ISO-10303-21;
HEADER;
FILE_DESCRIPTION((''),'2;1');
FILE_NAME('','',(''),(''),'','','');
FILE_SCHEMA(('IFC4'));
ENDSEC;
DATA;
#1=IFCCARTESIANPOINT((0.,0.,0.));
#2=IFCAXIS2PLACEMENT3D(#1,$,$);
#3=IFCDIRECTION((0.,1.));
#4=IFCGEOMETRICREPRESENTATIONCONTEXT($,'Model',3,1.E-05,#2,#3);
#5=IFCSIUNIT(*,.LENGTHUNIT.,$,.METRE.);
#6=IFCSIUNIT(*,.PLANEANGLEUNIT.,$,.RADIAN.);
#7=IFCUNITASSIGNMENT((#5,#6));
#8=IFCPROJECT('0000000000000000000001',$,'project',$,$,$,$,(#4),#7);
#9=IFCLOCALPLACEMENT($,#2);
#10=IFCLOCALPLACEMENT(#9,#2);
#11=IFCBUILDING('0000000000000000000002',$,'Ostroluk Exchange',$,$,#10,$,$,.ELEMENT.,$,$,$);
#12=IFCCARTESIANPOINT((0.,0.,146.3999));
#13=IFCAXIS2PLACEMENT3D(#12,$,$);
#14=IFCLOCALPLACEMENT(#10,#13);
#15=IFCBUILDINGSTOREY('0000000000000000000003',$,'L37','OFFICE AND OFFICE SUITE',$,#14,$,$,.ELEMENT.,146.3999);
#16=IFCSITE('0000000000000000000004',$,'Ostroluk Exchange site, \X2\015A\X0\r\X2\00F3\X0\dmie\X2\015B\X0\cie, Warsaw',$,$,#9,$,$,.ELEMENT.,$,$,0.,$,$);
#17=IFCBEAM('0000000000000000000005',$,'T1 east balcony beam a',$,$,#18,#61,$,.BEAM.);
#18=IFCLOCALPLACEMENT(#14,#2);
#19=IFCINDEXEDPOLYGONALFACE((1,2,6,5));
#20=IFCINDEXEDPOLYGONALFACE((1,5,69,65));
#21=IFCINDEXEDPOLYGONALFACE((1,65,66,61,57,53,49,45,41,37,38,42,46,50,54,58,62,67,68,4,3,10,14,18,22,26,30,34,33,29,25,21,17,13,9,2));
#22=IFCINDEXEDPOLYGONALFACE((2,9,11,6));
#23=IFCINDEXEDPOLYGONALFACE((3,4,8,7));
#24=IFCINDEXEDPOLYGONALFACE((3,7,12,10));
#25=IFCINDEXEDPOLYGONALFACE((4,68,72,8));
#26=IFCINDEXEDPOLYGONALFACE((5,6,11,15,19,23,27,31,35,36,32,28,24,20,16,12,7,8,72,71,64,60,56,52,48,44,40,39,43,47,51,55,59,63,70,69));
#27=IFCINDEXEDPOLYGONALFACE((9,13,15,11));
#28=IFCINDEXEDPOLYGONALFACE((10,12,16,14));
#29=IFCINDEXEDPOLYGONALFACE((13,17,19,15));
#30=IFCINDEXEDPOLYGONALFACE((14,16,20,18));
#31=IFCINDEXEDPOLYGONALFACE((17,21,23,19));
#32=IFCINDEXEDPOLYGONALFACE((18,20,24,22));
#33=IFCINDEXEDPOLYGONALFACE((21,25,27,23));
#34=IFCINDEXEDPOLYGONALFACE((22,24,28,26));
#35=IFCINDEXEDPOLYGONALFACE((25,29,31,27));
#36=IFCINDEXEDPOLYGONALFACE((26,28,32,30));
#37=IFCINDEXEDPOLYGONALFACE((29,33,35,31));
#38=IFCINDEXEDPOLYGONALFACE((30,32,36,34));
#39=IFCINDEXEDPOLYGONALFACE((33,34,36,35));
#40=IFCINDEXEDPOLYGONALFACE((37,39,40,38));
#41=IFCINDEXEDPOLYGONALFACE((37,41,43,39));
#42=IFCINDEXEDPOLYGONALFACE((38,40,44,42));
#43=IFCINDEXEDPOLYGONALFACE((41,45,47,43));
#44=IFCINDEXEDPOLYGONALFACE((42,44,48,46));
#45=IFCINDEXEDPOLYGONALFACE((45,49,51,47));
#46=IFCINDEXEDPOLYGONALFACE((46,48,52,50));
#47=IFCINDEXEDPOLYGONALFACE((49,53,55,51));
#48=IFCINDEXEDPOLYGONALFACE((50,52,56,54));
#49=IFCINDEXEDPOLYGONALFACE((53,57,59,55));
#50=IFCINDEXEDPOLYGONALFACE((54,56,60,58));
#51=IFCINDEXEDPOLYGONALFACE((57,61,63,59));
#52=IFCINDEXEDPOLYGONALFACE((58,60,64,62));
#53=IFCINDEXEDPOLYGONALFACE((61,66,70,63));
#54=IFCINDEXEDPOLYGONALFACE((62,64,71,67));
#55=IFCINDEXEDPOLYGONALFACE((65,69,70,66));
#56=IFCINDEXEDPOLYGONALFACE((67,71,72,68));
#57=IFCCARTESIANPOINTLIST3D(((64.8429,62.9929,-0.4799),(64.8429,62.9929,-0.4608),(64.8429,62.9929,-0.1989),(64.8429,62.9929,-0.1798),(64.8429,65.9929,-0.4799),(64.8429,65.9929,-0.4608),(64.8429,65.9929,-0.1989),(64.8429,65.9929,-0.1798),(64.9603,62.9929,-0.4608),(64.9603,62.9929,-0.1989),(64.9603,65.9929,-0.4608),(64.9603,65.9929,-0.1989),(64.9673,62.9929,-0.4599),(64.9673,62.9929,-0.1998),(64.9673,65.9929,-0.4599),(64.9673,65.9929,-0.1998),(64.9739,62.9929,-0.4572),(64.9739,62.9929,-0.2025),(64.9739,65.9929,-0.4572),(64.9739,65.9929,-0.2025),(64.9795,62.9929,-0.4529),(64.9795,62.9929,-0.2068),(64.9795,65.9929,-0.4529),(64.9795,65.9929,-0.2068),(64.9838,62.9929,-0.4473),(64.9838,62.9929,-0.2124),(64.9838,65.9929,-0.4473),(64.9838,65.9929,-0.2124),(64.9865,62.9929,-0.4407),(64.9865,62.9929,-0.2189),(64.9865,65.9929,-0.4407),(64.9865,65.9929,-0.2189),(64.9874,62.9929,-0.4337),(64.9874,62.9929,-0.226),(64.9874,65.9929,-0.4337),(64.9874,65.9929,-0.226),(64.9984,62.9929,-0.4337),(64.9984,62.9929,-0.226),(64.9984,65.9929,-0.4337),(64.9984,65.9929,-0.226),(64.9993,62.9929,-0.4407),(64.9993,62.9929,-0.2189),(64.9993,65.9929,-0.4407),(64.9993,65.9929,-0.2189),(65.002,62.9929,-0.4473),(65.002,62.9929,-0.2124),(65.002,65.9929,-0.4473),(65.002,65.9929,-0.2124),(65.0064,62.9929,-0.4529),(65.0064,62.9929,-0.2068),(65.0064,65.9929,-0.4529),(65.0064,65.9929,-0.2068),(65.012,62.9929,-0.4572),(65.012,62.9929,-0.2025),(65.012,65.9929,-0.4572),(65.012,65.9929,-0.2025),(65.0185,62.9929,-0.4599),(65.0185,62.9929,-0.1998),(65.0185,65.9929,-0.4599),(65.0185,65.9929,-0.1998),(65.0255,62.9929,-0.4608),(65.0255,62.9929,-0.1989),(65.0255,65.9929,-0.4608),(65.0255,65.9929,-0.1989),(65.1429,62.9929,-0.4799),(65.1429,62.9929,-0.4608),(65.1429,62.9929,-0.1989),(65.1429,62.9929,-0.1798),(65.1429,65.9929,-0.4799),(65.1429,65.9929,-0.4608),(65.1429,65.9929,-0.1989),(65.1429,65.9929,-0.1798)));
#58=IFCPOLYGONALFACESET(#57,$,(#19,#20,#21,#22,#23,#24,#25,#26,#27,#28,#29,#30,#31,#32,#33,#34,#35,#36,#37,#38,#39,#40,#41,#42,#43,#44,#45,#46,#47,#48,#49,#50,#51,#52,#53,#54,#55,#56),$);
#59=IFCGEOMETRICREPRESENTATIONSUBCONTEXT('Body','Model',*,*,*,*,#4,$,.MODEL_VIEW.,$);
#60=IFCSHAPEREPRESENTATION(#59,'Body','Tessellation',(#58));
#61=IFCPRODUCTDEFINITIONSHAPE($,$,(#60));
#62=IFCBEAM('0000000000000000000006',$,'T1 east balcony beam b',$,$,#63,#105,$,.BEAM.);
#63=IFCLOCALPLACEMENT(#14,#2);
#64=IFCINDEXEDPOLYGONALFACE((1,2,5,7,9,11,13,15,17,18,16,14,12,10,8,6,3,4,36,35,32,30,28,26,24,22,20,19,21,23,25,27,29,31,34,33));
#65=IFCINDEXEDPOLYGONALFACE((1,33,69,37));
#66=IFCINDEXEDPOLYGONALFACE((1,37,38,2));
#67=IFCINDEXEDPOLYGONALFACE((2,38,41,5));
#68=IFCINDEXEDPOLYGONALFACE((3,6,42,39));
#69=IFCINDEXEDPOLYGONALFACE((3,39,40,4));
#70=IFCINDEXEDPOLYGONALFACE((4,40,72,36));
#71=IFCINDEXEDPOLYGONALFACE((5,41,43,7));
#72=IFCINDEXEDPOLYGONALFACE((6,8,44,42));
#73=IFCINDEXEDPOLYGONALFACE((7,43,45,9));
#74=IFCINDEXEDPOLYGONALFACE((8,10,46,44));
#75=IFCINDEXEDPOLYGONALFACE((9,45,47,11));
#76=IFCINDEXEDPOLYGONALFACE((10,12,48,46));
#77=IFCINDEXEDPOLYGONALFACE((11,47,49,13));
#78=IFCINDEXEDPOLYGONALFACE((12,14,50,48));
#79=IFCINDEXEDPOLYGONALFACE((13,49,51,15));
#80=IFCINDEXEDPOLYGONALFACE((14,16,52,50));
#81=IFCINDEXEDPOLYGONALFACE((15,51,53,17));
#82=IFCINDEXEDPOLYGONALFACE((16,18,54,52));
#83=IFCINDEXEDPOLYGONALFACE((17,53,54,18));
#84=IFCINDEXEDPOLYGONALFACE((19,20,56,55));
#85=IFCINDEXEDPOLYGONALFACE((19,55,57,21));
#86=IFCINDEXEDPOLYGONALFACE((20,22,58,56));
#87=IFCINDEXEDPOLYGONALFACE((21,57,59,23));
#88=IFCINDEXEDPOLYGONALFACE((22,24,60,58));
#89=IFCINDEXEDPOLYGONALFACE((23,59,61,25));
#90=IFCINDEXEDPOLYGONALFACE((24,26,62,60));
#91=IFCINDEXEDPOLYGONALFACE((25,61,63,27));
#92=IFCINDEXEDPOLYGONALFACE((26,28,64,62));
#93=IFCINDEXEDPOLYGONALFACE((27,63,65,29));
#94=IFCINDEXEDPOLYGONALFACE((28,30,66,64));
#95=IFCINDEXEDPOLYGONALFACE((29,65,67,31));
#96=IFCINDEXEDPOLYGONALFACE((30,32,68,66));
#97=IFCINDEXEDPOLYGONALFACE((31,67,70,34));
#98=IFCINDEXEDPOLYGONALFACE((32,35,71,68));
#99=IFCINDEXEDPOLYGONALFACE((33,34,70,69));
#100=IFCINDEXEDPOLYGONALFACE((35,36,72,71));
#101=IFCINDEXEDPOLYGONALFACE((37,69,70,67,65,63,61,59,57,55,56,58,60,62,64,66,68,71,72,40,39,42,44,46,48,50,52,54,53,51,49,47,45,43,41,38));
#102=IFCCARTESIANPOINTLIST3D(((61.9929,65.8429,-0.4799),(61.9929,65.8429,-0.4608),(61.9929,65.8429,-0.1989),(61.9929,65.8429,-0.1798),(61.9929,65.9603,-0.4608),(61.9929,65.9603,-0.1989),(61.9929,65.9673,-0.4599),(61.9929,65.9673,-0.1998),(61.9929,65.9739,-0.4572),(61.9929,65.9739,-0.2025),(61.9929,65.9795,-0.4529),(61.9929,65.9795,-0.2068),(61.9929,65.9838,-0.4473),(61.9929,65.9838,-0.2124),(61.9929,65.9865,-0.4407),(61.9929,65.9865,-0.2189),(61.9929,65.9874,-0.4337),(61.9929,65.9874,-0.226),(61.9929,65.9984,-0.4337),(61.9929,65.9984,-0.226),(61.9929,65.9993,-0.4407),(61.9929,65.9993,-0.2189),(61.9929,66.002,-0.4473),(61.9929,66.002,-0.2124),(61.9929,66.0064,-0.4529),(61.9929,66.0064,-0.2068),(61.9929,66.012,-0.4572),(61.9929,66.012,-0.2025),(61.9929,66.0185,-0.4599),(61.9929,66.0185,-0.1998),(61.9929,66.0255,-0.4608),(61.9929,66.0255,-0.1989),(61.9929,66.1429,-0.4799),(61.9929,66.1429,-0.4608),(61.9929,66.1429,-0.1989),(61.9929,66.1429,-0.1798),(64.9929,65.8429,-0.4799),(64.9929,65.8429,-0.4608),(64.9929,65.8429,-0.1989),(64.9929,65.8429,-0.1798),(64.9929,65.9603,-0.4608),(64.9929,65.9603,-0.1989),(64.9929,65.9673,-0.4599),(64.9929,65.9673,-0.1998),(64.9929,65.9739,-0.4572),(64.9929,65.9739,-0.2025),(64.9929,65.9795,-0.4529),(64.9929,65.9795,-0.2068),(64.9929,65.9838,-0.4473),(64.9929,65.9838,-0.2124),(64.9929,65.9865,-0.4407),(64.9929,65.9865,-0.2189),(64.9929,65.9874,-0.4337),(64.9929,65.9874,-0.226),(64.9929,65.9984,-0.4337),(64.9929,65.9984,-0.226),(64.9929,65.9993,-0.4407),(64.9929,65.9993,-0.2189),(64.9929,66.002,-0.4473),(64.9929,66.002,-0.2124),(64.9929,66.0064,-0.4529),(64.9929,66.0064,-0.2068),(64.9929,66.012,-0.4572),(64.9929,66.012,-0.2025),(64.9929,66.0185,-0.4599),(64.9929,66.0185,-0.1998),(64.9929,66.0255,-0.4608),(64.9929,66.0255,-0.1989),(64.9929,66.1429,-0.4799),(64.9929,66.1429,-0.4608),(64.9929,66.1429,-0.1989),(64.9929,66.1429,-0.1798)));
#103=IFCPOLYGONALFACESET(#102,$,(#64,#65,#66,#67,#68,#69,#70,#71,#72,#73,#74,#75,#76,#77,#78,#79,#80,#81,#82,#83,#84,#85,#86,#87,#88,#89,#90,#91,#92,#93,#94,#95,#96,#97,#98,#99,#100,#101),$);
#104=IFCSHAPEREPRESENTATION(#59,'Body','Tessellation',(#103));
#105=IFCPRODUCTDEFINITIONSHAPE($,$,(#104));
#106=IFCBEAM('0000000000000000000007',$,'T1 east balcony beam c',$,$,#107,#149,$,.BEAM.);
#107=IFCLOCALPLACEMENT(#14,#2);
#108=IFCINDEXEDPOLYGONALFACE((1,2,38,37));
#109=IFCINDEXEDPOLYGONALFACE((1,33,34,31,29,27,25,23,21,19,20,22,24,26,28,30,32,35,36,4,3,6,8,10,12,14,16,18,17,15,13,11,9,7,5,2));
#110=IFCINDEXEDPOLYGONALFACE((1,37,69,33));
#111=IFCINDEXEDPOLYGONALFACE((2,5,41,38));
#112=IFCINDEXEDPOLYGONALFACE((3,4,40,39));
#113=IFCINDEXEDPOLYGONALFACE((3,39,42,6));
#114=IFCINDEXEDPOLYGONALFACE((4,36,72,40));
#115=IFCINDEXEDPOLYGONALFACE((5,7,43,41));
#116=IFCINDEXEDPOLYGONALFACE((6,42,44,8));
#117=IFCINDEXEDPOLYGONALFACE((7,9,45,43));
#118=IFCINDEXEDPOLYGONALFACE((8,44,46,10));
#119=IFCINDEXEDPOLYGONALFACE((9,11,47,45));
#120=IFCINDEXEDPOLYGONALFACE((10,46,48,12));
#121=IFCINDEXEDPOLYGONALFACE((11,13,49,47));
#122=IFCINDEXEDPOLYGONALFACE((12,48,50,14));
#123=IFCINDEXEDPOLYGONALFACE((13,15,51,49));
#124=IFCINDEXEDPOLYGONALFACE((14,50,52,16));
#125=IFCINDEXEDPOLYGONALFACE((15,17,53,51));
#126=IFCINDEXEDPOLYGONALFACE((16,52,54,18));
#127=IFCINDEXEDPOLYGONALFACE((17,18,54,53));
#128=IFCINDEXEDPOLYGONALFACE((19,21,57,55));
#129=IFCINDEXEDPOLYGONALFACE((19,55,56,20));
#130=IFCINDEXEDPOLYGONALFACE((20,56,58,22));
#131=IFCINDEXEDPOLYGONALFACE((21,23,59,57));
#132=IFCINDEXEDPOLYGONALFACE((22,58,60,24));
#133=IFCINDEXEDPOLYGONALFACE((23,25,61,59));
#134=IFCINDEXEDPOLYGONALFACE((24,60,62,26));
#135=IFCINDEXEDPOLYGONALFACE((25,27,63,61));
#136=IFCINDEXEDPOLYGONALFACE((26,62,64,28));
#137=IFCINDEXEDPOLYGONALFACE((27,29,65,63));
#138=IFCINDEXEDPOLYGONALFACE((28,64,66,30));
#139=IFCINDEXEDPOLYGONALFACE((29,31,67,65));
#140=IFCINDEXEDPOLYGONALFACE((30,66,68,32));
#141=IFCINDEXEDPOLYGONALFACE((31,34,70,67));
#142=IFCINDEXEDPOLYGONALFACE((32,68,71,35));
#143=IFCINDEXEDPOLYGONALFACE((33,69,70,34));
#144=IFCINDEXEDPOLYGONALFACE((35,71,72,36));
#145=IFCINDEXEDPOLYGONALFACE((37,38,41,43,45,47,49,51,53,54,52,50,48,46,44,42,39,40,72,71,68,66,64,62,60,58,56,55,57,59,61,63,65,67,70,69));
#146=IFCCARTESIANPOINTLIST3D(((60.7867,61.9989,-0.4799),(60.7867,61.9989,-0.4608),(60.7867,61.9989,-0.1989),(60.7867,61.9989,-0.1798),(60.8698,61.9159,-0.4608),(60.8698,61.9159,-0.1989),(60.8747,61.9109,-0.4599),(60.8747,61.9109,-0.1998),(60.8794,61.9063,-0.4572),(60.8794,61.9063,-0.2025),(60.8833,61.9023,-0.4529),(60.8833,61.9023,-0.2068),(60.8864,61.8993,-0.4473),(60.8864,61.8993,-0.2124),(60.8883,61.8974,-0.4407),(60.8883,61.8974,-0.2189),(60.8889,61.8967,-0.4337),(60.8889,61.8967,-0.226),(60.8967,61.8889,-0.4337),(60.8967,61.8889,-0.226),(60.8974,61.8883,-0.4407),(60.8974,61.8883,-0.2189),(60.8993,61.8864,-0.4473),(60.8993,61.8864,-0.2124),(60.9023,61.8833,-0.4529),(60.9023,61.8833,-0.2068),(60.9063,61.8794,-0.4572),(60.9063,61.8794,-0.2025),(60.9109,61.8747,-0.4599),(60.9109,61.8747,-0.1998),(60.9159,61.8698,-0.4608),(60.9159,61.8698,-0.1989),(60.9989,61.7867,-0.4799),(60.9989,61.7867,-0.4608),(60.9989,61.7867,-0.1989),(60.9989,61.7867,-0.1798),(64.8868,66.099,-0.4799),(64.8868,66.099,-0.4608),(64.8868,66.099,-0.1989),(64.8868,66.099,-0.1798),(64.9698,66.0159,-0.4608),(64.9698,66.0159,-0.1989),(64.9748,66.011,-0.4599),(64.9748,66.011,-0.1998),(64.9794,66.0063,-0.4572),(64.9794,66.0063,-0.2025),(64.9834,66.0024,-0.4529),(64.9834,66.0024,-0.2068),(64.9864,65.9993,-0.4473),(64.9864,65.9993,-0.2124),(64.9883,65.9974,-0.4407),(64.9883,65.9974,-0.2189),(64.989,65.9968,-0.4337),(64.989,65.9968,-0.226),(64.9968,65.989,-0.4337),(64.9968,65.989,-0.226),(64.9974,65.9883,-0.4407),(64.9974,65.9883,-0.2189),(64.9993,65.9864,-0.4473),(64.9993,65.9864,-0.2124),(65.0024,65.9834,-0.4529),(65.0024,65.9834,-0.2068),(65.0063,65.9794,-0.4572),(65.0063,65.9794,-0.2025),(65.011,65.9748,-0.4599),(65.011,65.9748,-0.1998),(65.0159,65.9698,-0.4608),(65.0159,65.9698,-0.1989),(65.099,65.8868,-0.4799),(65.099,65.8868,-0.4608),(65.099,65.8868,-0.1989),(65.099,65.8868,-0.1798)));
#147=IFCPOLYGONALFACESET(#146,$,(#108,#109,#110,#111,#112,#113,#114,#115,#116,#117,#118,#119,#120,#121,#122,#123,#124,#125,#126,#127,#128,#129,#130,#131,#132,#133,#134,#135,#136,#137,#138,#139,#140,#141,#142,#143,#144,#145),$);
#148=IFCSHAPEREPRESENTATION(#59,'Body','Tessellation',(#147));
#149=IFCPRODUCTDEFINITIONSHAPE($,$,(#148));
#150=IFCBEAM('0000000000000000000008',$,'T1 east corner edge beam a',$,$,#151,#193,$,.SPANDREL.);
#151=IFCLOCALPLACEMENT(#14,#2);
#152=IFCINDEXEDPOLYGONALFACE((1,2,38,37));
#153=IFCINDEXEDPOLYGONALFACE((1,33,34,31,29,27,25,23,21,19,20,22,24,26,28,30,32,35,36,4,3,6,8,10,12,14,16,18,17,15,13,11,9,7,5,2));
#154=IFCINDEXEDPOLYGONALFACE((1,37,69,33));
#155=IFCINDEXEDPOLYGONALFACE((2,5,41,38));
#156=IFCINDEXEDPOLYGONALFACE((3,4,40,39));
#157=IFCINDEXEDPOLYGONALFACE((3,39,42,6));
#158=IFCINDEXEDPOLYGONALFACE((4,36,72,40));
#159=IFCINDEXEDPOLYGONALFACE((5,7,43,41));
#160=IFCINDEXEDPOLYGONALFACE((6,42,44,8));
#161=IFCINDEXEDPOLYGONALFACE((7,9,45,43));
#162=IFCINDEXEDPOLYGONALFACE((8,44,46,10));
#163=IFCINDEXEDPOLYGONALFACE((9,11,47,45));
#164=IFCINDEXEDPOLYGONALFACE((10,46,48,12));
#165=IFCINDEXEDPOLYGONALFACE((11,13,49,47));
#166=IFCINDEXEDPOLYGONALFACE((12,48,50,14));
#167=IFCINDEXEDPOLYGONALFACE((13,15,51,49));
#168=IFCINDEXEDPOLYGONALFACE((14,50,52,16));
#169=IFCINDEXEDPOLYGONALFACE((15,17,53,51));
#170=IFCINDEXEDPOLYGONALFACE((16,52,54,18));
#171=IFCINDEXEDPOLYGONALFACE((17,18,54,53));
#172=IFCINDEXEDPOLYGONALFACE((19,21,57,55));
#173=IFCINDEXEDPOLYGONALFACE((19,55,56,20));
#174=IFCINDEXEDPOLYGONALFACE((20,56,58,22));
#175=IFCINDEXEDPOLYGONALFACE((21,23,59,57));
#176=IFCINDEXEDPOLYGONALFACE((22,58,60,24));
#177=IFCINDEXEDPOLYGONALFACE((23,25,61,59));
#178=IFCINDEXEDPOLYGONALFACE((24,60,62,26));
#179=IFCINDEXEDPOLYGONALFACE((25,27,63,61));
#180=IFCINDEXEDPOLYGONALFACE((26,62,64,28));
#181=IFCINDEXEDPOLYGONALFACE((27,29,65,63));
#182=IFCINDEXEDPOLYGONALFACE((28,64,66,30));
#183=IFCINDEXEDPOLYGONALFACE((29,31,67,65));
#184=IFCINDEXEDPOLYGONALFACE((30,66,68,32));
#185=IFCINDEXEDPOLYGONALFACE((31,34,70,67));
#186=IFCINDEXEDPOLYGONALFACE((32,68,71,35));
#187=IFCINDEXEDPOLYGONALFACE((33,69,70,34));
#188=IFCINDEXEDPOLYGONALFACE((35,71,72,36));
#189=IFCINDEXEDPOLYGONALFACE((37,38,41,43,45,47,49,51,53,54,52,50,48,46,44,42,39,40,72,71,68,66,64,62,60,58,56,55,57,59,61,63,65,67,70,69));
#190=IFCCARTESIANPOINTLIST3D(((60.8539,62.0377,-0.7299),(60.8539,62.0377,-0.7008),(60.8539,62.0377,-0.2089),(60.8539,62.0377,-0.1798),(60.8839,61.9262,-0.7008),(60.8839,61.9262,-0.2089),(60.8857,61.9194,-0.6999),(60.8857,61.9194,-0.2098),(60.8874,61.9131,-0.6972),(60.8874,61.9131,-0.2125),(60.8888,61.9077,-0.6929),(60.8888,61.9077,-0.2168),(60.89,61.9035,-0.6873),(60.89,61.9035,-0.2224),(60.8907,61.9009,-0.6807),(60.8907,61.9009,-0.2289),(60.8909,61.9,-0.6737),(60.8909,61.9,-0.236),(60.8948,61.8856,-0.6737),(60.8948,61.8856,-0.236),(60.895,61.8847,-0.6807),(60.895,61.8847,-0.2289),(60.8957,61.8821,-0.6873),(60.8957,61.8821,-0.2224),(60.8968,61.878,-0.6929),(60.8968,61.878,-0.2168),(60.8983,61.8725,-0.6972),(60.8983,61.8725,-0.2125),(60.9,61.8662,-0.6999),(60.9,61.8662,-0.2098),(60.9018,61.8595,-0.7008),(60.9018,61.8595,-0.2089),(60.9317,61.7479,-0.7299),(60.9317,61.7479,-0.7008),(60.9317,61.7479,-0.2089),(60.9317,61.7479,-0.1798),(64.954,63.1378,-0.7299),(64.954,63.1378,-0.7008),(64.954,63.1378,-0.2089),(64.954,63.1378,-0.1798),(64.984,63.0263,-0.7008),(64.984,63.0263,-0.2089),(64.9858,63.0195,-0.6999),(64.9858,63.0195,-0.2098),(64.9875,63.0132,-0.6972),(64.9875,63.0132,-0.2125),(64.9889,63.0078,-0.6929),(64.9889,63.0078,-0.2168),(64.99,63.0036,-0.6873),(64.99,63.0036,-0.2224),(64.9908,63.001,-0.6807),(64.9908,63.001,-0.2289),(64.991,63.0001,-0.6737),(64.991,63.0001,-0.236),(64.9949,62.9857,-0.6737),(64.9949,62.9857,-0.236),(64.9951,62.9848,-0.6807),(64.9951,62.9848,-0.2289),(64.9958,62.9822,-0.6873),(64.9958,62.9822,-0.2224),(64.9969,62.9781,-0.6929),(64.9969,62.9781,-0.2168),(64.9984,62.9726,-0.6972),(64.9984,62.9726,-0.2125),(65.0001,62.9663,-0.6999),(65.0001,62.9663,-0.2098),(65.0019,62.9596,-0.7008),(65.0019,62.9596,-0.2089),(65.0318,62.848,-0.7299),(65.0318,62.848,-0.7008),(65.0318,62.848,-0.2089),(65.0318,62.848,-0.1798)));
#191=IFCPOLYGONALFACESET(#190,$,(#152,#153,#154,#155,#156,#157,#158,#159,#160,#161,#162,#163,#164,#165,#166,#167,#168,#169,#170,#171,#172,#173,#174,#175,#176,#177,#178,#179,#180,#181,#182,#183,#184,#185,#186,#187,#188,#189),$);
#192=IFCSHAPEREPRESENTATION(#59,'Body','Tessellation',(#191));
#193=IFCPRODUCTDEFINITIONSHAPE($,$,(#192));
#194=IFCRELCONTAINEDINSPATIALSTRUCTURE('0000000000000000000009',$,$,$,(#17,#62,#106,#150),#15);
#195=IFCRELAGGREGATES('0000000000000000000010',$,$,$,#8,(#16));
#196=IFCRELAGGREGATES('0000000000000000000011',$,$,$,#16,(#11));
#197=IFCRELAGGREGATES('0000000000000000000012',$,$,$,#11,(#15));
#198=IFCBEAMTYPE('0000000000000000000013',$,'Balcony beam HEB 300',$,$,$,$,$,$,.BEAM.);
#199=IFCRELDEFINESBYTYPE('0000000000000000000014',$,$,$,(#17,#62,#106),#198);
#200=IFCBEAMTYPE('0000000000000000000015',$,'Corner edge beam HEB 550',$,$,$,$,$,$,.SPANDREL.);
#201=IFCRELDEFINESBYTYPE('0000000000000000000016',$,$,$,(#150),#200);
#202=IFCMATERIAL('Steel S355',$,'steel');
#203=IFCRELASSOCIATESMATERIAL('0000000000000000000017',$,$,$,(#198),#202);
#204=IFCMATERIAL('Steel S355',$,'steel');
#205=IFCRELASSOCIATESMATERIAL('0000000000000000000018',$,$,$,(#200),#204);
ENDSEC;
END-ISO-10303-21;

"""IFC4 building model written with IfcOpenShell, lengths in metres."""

from ifc_helpers import new_model, si_unit, direction, frame, origin, origin_2d, place, context, subcontext, project, spatial, i_section, extrude, material, material_profile, profile_set, type_object, element, save


model = new_model("IFC4")

# Units and contexts
model_context = context("Model", 3, precision=1e-05, world=origin(), true_north=direction((0.0, 1.0)))
body_context = subcontext(model_context, "Body", "Model", "MODEL_VIEW")
ifc_project = project(units=[si_unit("LENGTHUNIT", "METRE"), si_unit("PLANEANGLEUNIT", "RADIAN")], contexts=[model_context])

# Site, building, storey
site_placement = place(None, origin())
site = spatial("IfcSite", under=ifc_project, at=site_placement, Name="Ostroluk Exchange site, Śródmieście, Warsaw", CompositionType="ELEMENT", RefElevation=0.0)
building_placement = place(site_placement, origin())
building = spatial("IfcBuilding", under=site, at=building_placement, Name="Ostroluk Exchange", CompositionType="ELEMENT")
storey_placement = place(building_placement, frame((0.0, 0.0, 146.3999)))
storey = spatial("IfcBuildingStorey", under=building, at=storey_placement, Name="L37", Description="OFFICE AND OFFICE SUITE", CompositionType="ELEMENT", Elevation=146.3999)

# Beams
ifc_material_1 = material(Name="Steel S355", Category="steel")
ifc_material_profile_1 = material_profile(ifc_material_1, i_section(OverallWidth=0.3, OverallDepth=0.3, WebThickness=0.011, FlangeThickness=0.019, FilletRadius=0.0271, at=origin_2d()), Name="HEB 300")
ifc_profile_set_1 = profile_set([ifc_material_profile_1], Name="Steel S355")
beam_type_1 = type_object("IfcBeamType", Name="Balcony beam HEB 300", PredefinedType="BEAM", material=ifc_profile_set_1)
for number, where, z_axis, x_axis, name in (
    (1, (64.9929, 62.9929, -0.3298), (0.0, 1.0, 0.0), (-1.0, 0.0, 0.0), "T1 east balcony beam a"),
    (2, (61.9929, 65.9929, -0.3298), (1.0, 0.0, 0.0), (0.0, 1.0, 0.0), "T1 east balcony beam b"),
):
    element("IfcBeam", number, at=place(storey_placement, frame(where, z_axis=z_axis, x_axis=x_axis)), inside=storey, type_object=beam_type_1, Name=name, PredefinedType="BEAM", context=body_context, shape_type="SweptSolid", body=[
        extrude(i_section(OverallWidth=0.3, OverallDepth=0.3, WebThickness=0.011, FlangeThickness=0.019, FilletRadius=0.0271, at=origin_2d()), origin(), (0.0, 0.0, 1.0), 3.0),
    ])
beam_1_placement = place(storey_placement, frame((60.8928, 61.8928, -0.3298), z_axis=(0.707107, 0.707107, 0.0), x_axis=(-0.707107, 0.707107, 0.0)))
element("IfcBeam", 3, at=beam_1_placement, inside=storey, type_object=beam_type_1, Name="T1 east balcony beam c", PredefinedType="BEAM", context=body_context, shape_type="SweptSolid", body=[
    extrude(i_section(OverallWidth=0.3, OverallDepth=0.3, WebThickness=0.011, FlangeThickness=0.019, FilletRadius=0.0271, at=origin_2d()), origin(), (0.0, 0.0, 1.0), 5.7983),
])
ifc_material_2 = material(Name="Steel S355", Category="steel")
ifc_material_profile_2 = material_profile(ifc_material_2, i_section(OverallWidth=0.3, OverallDepth=0.55, WebThickness=0.0149, FlangeThickness=0.0291, FilletRadius=0.0271, at=origin_2d()), Name="HEB 550")
ifc_profile_set_2 = profile_set([ifc_material_profile_2], Name="Steel S355")
beam_type_2 = type_object("IfcBeamType", Name="Corner edge beam HEB 550", PredefinedType="SPANDREL", material=ifc_profile_set_2)
for number, where, z_axis, x_axis, name in (
    (4, (60.8928, 61.8928, -0.4548), (0.965839, 0.259144, 0.0), (-0.259144, 0.965839, 0.0), "T1 east corner edge beam a"),
):
    element("IfcBeam", number, at=place(storey_placement, frame(where, z_axis=z_axis, x_axis=x_axis)), inside=storey, type_object=beam_type_2, Name=name, PredefinedType="SPANDREL", context=body_context, shape_type="SweptSolid", body=[
        extrude(i_section(OverallWidth=0.3, OverallDepth=0.55, WebThickness=0.0149, FlangeThickness=0.0291, FilletRadius=0.0271, at=origin_2d()), origin(), (0.0, 0.0, 1.0), 4.2451),
    ])

save(model, "model.ifc")
